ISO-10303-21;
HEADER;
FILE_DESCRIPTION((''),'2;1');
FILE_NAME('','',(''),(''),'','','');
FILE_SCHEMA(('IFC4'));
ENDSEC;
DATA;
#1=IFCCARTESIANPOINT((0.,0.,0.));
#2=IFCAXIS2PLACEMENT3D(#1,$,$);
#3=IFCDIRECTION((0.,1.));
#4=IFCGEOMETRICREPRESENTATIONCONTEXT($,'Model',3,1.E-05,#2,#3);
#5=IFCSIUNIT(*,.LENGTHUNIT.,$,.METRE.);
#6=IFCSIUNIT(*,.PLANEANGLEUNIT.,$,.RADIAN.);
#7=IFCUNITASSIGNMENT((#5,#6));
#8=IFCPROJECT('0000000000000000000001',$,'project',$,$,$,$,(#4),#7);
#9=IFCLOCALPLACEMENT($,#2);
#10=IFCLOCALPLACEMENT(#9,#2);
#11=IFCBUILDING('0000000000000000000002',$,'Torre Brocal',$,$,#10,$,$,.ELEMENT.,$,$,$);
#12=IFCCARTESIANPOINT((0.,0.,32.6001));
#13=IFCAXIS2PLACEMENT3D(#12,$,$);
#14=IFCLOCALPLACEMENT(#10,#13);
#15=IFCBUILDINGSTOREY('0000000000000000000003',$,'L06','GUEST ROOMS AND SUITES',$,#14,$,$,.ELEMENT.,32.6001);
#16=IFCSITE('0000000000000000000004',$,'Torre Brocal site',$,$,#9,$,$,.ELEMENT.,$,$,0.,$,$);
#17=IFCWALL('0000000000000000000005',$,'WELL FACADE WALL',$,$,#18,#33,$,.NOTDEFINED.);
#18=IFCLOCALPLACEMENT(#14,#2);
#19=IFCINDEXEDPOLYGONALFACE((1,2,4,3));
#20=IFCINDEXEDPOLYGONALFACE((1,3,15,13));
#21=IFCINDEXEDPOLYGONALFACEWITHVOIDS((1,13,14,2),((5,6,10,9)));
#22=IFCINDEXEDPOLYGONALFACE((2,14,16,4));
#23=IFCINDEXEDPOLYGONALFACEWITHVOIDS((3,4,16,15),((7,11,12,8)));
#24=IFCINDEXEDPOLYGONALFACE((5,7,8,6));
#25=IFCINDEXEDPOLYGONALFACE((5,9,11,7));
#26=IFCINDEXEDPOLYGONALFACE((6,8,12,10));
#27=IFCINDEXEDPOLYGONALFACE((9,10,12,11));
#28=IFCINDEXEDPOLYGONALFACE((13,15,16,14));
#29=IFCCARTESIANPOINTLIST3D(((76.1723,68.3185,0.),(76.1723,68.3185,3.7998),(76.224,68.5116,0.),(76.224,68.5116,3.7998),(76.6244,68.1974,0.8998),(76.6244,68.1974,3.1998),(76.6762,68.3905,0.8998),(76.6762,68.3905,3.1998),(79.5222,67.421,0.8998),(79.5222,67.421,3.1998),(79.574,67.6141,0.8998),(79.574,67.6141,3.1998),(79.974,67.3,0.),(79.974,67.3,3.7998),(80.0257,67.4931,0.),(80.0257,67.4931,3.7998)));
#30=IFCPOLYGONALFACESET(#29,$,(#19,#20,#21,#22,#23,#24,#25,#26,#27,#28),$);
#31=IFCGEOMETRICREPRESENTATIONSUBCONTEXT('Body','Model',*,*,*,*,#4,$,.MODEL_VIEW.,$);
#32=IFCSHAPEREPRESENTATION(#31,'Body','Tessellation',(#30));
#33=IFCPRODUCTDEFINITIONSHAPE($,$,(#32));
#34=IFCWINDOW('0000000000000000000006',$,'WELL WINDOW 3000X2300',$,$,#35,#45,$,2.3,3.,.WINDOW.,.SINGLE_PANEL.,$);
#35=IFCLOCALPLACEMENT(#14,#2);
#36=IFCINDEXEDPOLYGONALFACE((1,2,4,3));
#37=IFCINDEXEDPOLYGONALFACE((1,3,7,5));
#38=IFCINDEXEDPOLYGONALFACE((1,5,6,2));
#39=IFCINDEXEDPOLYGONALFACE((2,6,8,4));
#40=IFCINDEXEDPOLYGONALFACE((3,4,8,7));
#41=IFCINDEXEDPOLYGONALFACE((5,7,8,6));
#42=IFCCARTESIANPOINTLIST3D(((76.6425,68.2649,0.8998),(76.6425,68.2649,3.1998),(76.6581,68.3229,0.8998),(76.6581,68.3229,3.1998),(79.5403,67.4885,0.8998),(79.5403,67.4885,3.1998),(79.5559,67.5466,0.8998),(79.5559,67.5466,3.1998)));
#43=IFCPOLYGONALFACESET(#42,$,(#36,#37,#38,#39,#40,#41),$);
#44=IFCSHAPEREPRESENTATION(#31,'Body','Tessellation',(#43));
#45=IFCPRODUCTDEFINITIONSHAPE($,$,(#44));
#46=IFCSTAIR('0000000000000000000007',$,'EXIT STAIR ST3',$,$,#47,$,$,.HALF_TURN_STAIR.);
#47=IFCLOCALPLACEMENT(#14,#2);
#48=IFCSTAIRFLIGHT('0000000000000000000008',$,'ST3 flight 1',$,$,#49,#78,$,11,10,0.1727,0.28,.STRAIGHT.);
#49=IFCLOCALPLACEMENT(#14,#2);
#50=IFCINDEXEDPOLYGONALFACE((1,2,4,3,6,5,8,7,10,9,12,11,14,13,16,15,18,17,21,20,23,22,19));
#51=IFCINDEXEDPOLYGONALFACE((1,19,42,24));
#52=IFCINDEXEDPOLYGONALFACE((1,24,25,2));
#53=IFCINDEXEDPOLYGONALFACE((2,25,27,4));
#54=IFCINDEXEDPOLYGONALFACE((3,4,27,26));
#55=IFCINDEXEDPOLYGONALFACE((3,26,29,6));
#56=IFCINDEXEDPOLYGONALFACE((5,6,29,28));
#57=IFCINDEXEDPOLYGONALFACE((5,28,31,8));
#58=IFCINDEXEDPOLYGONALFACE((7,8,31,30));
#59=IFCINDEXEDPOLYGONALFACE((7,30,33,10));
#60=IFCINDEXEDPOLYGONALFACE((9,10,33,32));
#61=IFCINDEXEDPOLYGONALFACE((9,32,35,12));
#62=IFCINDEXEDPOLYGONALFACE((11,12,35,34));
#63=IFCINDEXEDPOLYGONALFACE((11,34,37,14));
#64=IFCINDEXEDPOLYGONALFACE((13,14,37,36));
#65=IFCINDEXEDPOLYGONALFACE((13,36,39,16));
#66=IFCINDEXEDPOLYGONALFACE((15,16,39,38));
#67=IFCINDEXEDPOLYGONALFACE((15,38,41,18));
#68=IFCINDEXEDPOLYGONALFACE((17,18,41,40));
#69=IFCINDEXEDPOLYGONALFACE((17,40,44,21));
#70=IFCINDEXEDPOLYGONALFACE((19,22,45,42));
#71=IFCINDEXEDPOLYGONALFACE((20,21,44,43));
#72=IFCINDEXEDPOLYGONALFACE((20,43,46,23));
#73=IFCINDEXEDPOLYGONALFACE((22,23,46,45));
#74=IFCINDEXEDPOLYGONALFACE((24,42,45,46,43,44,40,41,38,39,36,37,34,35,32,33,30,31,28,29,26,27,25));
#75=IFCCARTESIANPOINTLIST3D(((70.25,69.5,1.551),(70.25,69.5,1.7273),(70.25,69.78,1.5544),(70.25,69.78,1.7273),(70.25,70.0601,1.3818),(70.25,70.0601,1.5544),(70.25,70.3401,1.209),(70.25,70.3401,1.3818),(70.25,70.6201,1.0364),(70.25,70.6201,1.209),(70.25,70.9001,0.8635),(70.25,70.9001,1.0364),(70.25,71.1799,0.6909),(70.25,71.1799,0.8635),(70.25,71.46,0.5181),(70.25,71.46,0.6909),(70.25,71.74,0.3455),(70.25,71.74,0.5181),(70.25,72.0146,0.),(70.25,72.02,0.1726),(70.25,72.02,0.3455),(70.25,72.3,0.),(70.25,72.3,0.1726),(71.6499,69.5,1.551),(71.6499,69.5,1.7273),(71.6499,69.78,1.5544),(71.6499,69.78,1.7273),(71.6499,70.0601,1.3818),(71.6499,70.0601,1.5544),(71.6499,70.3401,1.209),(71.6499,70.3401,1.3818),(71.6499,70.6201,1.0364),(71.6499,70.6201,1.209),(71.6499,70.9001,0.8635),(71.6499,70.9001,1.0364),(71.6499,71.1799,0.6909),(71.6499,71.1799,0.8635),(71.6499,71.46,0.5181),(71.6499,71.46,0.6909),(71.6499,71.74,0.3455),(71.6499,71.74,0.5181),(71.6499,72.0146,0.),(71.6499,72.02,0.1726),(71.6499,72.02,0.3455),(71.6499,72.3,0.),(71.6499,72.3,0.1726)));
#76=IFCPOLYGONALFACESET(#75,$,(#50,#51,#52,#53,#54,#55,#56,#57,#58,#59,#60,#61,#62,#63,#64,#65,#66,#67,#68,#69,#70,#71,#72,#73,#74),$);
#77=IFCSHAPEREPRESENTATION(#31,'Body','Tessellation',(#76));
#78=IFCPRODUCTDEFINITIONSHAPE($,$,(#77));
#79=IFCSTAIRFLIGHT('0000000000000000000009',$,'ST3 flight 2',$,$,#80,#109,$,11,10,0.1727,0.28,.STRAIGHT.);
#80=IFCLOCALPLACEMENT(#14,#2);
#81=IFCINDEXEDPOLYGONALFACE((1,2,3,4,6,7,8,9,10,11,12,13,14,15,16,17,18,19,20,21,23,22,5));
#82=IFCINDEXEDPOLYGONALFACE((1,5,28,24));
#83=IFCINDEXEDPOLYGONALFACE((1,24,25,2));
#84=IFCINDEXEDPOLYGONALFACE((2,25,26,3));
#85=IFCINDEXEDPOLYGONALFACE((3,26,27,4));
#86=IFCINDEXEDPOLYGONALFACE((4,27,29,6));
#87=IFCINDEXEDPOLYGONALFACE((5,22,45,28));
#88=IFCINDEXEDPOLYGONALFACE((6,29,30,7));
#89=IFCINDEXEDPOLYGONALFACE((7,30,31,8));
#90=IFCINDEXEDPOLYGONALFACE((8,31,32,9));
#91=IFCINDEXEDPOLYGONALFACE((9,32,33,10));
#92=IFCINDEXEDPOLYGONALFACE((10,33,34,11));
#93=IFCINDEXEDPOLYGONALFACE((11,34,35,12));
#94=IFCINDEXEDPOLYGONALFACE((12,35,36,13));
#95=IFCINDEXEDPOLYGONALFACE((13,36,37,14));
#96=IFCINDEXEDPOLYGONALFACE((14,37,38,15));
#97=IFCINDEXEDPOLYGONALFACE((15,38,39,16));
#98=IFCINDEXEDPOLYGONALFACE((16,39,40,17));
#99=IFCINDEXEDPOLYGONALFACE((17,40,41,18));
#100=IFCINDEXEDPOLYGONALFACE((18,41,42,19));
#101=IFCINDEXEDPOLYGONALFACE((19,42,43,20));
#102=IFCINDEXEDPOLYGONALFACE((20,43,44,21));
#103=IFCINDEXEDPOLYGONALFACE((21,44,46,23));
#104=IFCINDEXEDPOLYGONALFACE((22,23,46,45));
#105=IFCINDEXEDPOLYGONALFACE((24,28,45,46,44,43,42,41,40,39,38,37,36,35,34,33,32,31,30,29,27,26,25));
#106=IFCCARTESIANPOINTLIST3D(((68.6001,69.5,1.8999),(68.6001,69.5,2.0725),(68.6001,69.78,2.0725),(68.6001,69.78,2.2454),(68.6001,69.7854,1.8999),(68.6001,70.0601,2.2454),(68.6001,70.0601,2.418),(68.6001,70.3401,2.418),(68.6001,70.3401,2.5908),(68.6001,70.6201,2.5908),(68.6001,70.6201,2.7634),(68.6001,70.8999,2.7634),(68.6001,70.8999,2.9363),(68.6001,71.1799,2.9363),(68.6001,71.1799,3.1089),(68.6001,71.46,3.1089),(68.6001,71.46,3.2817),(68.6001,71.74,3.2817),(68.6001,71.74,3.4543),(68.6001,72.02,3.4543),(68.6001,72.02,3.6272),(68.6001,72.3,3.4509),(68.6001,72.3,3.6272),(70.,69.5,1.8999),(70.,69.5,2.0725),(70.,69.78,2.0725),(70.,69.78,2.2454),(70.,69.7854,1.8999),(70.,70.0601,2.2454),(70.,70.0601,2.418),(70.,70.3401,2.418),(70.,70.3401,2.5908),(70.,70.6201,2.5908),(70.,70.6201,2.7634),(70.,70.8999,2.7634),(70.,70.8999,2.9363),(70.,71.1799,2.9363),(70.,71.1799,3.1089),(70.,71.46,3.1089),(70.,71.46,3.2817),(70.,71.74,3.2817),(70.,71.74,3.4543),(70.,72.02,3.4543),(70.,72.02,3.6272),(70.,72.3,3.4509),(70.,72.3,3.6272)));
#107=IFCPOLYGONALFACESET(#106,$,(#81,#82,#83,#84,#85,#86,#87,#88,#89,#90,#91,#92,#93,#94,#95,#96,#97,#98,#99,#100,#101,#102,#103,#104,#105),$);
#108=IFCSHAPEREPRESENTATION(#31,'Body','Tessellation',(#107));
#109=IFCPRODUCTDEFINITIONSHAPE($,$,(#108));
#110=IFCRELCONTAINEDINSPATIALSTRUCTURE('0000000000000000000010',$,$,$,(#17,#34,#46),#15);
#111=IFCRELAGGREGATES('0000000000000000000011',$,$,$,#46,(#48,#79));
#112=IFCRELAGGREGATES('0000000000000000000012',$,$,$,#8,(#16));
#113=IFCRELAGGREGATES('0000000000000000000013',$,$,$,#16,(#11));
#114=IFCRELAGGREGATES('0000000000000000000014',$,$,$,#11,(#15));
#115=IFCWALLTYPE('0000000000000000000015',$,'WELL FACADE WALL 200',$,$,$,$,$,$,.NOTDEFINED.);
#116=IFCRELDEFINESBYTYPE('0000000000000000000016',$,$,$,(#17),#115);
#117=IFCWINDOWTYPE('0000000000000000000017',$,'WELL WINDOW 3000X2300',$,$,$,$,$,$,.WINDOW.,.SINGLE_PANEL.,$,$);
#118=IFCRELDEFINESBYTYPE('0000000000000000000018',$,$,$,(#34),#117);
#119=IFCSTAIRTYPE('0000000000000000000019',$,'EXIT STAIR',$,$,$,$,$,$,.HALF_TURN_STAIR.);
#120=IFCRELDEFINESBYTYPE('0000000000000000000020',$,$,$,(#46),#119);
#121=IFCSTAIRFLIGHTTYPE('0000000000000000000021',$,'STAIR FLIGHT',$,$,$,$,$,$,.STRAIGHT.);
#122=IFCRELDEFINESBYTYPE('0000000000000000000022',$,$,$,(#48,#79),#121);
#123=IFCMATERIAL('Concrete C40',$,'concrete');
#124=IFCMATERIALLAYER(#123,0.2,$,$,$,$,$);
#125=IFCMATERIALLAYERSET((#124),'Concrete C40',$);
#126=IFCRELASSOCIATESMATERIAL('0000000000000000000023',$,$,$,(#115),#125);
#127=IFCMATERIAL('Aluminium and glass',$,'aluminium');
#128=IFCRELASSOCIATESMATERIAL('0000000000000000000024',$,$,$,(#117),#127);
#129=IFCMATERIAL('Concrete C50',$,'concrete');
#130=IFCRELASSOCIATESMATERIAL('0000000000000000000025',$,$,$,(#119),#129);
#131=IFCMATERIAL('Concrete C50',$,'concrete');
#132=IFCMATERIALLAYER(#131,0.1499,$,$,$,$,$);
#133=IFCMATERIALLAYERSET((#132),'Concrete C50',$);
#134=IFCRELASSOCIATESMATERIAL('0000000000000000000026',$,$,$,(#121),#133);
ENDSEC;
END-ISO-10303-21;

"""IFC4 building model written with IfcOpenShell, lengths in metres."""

from ifc_helpers import new_model, si_unit, direction, frame, frame_2d, origin, place, context, subcontext, project, spatial, polyline, rectangle, outline, extrude, material, layer, layer_set, type_object, element, fill, aggregate, save


model = new_model("IFC4")

# Units and contexts
model_context = context("Model", 3, precision=1e-05, world=origin(), true_north=direction((0.0, 1.0)))
body_context = subcontext(model_context, "Body", "Model", "MODEL_VIEW")
ifc_project = project(units=[si_unit("LENGTHUNIT", "METRE"), si_unit("PLANEANGLEUNIT", "RADIAN")], contexts=[model_context])

# Site, building, storey
site_placement = place(None, origin())
site = spatial("IfcSite", under=ifc_project, at=site_placement, Name="Torre Brocal site", CompositionType="ELEMENT", RefElevation=0.0)
building_placement = place(site_placement, origin())
building = spatial("IfcBuilding", under=site, at=building_placement, Name="Torre Brocal", CompositionType="ELEMENT")
storey_placement = place(building_placement, frame((0.0, 0.0, 32.6001)))
storey = spatial("IfcBuildingStorey", under=building, at=storey_placement, Name="L06", Description="GUEST ROOMS AND SUITES", CompositionType="ELEMENT", Elevation=32.6001)

# Wall, opening, window
ifc_material_1 = material(Name="Concrete C40", Category="concrete")
ifc_layer_1 = layer(ifc_material_1, 0.2)
ifc_layer_set_1 = layer_set([ifc_layer_1], Name="Concrete C40")
wall_type_1 = type_object("IfcWallType", Name="WELL FACADE WALL 200", PredefinedType="NOTDEFINED", material=ifc_layer_set_1)
ifc_material_2 = material(Name="Aluminium and glass", Category="aluminium")
window_type = type_object("IfcWindowType", Name="WELL WINDOW 3000X2300", PartitioningType="SINGLE_PANEL", PredefinedType="WINDOW", material=ifc_material_2)
wall_1_placement = place(storey_placement, frame((76.1982, 68.415, 0.0), z_axis=(0.0, 0.0, 1.0), x_axis=(0.965934, -0.25879, 0.0)))
wall_1 = element("IfcWall", 1, at=wall_1_placement, inside=storey, type_object=wall_type_1, Name="WELL FACADE WALL", PredefinedType="NOTDEFINED", context=body_context, shape_type="SweptSolid", body=[
    extrude(rectangle(XDim=3.9358, YDim=0.2, at=frame_2d((1.9678, 0.0))), origin(), (0.0, 0.0, 1.0), 3.7998),
])
opening_1_placement = place(wall_1_placement, frame((0.468, 0.0, 0.8999)))
opening_1 = element("IfcOpeningElement", 2, at=opening_1_placement, cuts=wall_1, PredefinedType="OPENING", context=body_context, shape_type="SweptSolid", body=[
    extrude(rectangle(XDim=3.0, YDim=2.3, at=frame_2d((1.5, 1.1499))), frame((0.0, 0.1099, 0.0), z_axis=(0.0, -1.0, 0.0), x_axis=(1.0, 0.0, 0.0)), (0.0, 0.0, 1.0), 0.22),
])
window_1_placement = place(opening_1_placement, origin())
window_1 = element("IfcWindow", 3, at=window_1_placement, inside=storey, type_object=window_type, Name="WELL WINDOW 3000X2300", OverallHeight=2.3, OverallWidth=3.0, PartitioningType="SINGLE_PANEL", PredefinedType="WINDOW", context=body_context, shape_type="SweptSolid", body=[
    extrude(rectangle(XDim=3.0, YDim=2.3, at=frame_2d((1.5, 1.1499))), frame((0.0, 0.03, 0.0), z_axis=(0.0, -1.0, 0.0), x_axis=(1.0, 0.0, 0.0)), (0.0, 0.0, 1.0), 0.0601),
])
fill(opening_1, window_1)

# Stair, stair flights
ifc_material_3 = material(Name="Concrete C50", Category="concrete")
stair_type = type_object("IfcStairType", Name="EXIT STAIR", PredefinedType="HALF_TURN_STAIR", material=ifc_material_3)
stair_placement = place(storey_placement, origin())
stair = element("IfcStair", 4, at=stair_placement, inside=storey, type_object=stair_type, Name="EXIT STAIR ST3", PredefinedType="HALF_TURN_STAIR")
ifc_material_4 = material(Name="Concrete C50", Category="concrete")
ifc_layer_2 = layer(ifc_material_4, 0.1499)
ifc_layer_set_2 = layer_set([ifc_layer_2], Name="Concrete C50")
stair_flight_type = type_object("IfcStairFlightType", Name="STAIR FLIGHT", PredefinedType="STRAIGHT", material=ifc_layer_set_2)
stair_flight_1_placement = place(storey_placement, frame((70.95, 72.3, 0.0), z_axis=(0.0, 0.0, 1.0), x_axis=(0.0, -1.0, 0.0)))
stair_flight_1 = element("IfcStairFlight", 5, at=stair_flight_1_placement, type_object=stair_flight_type, Name="ST3 flight 1", NumberOfRisers=11, NumberOfTreads=10, PredefinedType="STRAIGHT", RiserHeight=0.1727, TreadLength=0.28, context=body_context, shape_type="SweptSolid", body=[
    extrude(outline(polyline([(0.0, 0.0), (0.0, 0.1726), (0.28, 0.1726), (0.28, 0.3455), (0.5601, 0.3455), (0.5601, 0.5181), (0.8401, 0.5181), (0.8401, 0.6909), (1.1201, 0.6909), (1.1201, 0.8635), (1.3999, 0.8635), (1.3999, 1.0364), (1.6799, 1.0364), (1.6799, 1.209), (1.96, 1.209), (1.96, 1.3818), (2.24, 1.3818), (2.24, 1.5544), (2.52, 1.5544), (2.52, 1.7273), (2.8, 1.7273), (2.8, 1.8999), (2.8, 1.551), (0.2854, 0.0), (0.0, 0.0)])), frame((0.0, 0.7, 0.0), z_axis=(0.0, -1.0, 0.0), x_axis=(1.0, 0.0, 0.0)), (0.0, 0.0, 1.0), 1.3999),
])
stair_flight_2_placement = place(storey_placement, frame((69.3, 69.5, 1.8999), z_axis=(0.0, 0.0, 1.0), x_axis=(0.0, 1.0, 0.0)))
stair_flight_2 = element("IfcStairFlight", 6, at=stair_flight_2_placement, type_object=stair_flight_type, Name="ST3 flight 2", NumberOfRisers=11, NumberOfTreads=10, PredefinedType="STRAIGHT", RiserHeight=0.1727, TreadLength=0.28, context=body_context, shape_type="SweptSolid", body=[
    extrude(outline(polyline([(0.0, 0.0), (0.0, 0.1726), (0.28, 0.1726), (0.28, 0.3455), (0.5601, 0.3455), (0.5601, 0.5181), (0.8401, 0.5181), (0.8401, 0.6909), (1.1201, 0.6909), (1.1201, 0.8635), (1.3999, 0.8635), (1.3999, 1.0364), (1.6799, 1.0364), (1.6799, 1.209), (1.96, 1.209), (1.96, 1.3818), (2.24, 1.3818), (2.24, 1.5544), (2.52, 1.5544), (2.52, 1.7273), (2.8, 1.7273), (2.8, 1.8999), (2.8, 1.551), (0.2854, 0.0), (0.0, 0.0)])), frame((0.0, 0.7, 0.0), z_axis=(0.0, -1.0, 0.0), x_axis=(1.0, 0.0, 0.0)), (0.0, 0.0, 1.0), 1.3999),
])
aggregate(stair, [stair_flight_1, stair_flight_2])

save(model, "model.ifc")
